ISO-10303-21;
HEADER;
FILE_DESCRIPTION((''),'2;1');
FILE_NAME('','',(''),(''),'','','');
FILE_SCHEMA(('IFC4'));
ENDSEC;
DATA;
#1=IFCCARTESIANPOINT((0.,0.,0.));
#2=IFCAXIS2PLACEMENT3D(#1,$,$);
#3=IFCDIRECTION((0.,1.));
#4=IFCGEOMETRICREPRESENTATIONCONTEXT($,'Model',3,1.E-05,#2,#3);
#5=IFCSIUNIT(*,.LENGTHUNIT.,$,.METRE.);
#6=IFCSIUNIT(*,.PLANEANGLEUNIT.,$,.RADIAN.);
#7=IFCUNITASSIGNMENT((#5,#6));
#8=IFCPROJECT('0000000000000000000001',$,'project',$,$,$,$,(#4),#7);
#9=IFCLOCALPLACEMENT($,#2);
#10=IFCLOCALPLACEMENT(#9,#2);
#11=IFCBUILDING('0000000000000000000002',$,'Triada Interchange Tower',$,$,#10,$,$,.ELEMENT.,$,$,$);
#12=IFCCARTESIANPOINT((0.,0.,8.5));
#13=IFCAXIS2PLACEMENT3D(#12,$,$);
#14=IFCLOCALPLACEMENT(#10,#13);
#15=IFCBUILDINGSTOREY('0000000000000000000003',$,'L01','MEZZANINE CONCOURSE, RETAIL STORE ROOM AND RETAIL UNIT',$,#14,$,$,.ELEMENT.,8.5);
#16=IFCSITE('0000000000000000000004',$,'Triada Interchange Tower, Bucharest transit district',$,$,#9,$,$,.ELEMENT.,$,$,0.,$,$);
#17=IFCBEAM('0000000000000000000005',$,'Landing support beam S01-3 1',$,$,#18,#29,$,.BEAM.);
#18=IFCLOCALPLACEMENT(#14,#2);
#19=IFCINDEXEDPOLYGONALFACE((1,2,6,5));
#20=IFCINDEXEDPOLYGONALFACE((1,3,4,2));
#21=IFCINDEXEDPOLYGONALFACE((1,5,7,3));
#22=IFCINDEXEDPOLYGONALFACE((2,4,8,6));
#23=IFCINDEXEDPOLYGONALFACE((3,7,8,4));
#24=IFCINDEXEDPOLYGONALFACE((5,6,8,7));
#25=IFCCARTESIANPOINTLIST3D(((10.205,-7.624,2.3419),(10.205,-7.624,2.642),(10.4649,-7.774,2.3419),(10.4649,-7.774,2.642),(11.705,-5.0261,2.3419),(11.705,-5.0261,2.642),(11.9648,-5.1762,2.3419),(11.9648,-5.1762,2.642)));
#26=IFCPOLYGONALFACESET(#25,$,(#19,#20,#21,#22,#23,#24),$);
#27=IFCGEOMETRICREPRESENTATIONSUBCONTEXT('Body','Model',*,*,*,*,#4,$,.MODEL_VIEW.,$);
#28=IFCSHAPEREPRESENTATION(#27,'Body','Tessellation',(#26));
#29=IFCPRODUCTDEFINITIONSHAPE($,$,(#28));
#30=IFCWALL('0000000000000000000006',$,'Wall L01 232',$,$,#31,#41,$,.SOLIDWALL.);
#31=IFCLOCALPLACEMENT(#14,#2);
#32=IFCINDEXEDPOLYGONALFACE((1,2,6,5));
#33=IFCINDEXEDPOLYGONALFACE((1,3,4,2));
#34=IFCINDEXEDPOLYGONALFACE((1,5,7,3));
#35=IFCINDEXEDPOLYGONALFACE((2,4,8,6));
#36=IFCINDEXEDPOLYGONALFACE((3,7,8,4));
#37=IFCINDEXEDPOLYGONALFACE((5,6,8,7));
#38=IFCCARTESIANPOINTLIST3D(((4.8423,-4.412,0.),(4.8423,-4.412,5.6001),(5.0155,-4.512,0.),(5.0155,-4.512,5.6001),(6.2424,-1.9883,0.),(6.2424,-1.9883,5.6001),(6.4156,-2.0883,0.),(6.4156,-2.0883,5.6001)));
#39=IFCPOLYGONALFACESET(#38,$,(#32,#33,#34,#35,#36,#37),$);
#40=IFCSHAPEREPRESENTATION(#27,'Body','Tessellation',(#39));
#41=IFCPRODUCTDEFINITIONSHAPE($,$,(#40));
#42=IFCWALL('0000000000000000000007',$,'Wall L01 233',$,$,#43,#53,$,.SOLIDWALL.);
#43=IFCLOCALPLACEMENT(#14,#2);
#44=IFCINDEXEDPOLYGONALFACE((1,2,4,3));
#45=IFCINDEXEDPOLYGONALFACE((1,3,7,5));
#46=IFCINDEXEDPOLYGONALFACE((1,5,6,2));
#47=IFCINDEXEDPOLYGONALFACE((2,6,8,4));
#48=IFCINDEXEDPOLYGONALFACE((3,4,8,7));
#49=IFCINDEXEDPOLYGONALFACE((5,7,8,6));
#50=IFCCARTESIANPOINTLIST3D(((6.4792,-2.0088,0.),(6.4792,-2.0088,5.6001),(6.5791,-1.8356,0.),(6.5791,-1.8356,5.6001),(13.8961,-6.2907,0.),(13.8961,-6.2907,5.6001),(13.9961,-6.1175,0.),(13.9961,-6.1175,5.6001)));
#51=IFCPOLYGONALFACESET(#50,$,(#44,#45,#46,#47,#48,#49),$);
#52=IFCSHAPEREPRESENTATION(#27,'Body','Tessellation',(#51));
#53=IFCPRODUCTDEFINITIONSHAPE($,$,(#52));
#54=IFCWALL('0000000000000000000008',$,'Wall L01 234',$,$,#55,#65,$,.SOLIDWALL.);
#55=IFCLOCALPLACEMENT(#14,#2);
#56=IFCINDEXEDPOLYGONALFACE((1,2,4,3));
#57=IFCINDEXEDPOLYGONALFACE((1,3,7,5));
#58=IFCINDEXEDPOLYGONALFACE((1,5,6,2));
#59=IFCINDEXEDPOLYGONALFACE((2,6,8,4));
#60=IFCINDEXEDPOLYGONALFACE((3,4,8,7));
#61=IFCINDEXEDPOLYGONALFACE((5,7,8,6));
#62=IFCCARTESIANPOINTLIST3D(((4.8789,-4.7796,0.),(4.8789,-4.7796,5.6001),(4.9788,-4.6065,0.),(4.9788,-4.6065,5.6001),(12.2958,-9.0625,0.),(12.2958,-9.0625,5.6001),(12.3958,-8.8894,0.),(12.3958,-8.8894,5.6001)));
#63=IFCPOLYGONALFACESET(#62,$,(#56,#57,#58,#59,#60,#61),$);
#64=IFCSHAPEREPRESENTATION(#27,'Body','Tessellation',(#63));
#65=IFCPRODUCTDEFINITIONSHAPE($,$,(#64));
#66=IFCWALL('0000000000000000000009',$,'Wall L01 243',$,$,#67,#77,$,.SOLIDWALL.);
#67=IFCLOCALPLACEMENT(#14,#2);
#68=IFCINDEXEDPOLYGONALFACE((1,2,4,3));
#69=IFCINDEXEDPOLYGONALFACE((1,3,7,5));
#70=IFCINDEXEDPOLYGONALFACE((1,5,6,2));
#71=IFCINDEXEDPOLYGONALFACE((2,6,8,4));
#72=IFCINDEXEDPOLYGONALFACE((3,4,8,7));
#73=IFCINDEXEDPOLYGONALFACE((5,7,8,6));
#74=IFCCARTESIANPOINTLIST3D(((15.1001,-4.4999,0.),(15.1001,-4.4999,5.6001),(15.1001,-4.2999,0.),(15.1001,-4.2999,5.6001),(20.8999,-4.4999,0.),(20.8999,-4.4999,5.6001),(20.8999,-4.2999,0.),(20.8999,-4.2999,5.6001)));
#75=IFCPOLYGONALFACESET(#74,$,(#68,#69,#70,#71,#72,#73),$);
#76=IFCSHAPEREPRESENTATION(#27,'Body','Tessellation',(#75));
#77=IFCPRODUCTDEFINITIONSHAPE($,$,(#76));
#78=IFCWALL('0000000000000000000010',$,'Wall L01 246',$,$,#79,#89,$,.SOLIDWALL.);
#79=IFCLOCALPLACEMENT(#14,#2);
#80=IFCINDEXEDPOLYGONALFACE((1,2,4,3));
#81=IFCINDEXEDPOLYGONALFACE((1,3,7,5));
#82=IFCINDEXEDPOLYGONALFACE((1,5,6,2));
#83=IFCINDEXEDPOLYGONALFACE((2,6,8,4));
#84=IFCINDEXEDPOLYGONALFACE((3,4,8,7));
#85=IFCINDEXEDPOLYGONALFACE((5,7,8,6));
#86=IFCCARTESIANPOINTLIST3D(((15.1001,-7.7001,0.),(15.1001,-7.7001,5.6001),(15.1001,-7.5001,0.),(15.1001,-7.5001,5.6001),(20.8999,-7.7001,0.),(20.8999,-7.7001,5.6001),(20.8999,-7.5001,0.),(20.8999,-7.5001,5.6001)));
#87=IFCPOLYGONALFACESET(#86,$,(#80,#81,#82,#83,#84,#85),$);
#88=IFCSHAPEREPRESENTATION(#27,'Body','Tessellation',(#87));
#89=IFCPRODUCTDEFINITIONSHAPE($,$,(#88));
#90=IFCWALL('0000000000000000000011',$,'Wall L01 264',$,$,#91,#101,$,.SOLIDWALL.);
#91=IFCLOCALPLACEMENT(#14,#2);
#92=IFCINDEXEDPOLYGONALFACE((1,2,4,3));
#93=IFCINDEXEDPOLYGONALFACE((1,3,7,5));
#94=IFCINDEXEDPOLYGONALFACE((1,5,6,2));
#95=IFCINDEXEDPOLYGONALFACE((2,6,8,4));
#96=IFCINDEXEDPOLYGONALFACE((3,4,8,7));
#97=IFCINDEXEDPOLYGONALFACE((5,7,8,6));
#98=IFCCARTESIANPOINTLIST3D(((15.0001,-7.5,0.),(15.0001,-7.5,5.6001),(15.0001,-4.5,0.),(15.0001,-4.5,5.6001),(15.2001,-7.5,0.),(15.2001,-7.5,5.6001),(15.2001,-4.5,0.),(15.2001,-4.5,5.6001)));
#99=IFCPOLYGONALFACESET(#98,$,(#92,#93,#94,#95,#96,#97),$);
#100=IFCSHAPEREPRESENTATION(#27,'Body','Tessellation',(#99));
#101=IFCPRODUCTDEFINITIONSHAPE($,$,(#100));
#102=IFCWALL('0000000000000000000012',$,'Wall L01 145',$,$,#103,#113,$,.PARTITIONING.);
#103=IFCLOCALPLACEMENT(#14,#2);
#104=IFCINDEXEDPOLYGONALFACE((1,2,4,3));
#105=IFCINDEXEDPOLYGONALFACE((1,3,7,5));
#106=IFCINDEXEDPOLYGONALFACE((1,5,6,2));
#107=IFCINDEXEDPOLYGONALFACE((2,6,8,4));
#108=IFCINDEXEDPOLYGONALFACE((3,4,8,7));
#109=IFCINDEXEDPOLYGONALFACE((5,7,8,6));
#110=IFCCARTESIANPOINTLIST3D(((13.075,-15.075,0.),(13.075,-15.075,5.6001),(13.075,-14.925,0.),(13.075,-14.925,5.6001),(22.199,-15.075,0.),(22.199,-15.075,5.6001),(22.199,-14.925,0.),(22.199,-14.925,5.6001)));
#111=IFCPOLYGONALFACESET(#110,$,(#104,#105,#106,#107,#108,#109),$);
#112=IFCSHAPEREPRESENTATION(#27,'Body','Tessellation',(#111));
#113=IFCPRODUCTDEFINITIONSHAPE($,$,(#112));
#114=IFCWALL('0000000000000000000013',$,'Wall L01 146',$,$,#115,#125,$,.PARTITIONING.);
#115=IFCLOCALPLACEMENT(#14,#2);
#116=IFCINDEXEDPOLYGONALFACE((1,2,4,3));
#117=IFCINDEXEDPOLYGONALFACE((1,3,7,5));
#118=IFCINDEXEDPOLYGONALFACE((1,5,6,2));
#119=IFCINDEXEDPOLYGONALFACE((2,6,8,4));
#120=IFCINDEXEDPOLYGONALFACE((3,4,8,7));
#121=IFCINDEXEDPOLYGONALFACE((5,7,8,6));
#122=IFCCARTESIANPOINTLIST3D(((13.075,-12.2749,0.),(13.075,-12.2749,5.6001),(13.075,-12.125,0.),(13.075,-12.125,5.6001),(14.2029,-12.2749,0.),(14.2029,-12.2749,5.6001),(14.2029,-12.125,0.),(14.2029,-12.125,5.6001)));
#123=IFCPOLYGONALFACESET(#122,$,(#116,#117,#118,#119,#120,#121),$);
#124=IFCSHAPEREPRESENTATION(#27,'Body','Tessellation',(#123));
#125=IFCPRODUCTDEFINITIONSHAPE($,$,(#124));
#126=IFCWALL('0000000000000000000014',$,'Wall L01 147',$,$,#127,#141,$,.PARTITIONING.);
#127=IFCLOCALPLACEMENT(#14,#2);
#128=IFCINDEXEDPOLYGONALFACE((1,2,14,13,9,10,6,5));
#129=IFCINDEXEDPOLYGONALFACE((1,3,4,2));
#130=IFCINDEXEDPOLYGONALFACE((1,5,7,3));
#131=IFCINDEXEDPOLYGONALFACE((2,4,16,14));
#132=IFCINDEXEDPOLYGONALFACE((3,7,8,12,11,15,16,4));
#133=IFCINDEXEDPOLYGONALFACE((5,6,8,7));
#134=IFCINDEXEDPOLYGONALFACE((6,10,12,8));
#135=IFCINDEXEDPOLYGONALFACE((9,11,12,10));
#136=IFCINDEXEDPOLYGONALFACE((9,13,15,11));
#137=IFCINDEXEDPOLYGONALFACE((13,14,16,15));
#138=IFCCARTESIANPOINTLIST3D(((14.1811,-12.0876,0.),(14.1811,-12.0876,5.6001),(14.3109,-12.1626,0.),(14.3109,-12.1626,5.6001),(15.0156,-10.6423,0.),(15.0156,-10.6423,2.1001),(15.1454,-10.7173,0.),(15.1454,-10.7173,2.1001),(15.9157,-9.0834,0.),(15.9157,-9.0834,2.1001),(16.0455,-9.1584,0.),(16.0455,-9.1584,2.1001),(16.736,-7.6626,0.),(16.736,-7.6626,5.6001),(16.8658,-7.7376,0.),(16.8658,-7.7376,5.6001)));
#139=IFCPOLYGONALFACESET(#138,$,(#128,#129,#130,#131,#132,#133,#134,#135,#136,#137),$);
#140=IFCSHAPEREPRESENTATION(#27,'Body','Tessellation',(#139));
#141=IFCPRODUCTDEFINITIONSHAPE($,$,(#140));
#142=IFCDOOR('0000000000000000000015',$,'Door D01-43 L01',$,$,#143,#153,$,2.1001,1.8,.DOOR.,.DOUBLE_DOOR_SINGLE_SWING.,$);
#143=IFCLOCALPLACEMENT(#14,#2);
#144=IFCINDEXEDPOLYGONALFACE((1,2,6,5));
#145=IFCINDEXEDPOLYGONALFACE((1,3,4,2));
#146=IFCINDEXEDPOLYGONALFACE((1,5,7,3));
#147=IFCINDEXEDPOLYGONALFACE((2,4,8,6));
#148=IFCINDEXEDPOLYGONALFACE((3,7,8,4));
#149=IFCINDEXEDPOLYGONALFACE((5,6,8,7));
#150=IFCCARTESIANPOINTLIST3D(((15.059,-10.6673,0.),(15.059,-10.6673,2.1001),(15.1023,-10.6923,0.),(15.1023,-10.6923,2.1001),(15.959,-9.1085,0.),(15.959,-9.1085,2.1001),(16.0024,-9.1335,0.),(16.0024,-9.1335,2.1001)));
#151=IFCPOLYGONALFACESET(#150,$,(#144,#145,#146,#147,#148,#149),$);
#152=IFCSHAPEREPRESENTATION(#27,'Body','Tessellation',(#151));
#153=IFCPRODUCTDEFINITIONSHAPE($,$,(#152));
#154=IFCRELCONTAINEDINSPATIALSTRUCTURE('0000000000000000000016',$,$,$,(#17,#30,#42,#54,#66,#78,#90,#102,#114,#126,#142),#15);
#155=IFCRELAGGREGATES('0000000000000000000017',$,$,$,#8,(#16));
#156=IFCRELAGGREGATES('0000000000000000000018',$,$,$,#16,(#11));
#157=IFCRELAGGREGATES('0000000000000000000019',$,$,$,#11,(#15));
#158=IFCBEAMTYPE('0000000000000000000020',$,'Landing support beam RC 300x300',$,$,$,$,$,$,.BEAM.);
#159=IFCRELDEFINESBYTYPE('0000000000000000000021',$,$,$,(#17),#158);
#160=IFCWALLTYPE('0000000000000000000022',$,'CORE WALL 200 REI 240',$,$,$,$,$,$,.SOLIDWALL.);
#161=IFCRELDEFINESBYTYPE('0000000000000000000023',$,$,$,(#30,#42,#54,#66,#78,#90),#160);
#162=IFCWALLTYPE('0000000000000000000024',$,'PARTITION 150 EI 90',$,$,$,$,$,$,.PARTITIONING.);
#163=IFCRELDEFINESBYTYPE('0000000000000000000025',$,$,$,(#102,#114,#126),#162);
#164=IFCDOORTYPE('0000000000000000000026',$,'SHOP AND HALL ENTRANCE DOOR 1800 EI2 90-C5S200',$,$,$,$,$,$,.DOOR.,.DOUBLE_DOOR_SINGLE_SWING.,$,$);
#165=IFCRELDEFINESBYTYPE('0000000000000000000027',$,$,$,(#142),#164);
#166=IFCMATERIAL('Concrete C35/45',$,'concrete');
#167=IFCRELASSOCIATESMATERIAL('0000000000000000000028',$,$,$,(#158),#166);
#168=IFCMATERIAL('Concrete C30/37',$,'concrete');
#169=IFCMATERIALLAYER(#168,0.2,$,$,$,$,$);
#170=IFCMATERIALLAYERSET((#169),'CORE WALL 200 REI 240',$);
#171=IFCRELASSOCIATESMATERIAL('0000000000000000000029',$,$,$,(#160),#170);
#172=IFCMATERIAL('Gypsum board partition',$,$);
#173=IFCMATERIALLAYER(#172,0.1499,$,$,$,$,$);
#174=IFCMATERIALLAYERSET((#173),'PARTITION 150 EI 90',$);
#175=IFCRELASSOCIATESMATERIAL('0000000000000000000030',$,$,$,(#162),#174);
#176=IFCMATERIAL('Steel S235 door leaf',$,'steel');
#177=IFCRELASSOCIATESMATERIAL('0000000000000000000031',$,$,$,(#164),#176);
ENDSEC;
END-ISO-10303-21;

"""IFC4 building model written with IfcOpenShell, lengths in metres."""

from ifc_helpers import new_model, si_unit, direction, frame, frame_2d, origin, origin_2d, place, context, subcontext, project, spatial, rectangle, extrude, material, layer, layer_set, material_profile, profile_set, type_object, element, fill, save


model = new_model("IFC4")

# Units and contexts
model_context = context("Model", 3, precision=1e-05, world=origin(), true_north=direction((0.0, 1.0)))
body_context = subcontext(model_context, "Body", "Model", "MODEL_VIEW")
ifc_project = project(units=[si_unit("LENGTHUNIT", "METRE"), si_unit("PLANEANGLEUNIT", "RADIAN")], contexts=[model_context])

# Site, building, storey
site_placement = place(None, origin())
site = spatial("IfcSite", under=ifc_project, at=site_placement, Name="Triada Interchange Tower, Bucharest transit district", CompositionType="ELEMENT", RefElevation=0.0)
building_placement = place(site_placement, origin())
building = spatial("IfcBuilding", under=site, at=building_placement, Name="Triada Interchange Tower", CompositionType="ELEMENT")
storey_placement = place(building_placement, frame((0.0, 0.0, 8.5)))
storey = spatial("IfcBuildingStorey", under=building, at=storey_placement, Name="L01", Description="MEZZANINE CONCOURSE, RETAIL STORE ROOM AND RETAIL UNIT", CompositionType="ELEMENT", Elevation=8.5)

# Beam
ifc_material_1 = material(Name="Concrete C35/45", Category="concrete")
ifc_material_profile_1 = material_profile(ifc_material_1, rectangle(XDim=0.3, YDim=0.3, at=origin_2d()), Name="RC 300x300")
ifc_profile_set_1 = profile_set([ifc_material_profile_1], Name="Concrete C35/45")
beam_type_1 = type_object("IfcBeamType", Name="Landing support beam RC 300x300", PredefinedType="BEAM", material=ifc_profile_set_1)
beam_1_placement = place(storey_placement, frame((10.335, -7.699, 2.4919), z_axis=(0.500025, 0.866011, 0.0), x_axis=(-0.866011, 0.500025, 0.0)))
element("IfcBeam", 1, at=beam_1_placement, inside=storey, type_object=beam_type_1, Name="Landing support beam S01-3 1", PredefinedType="BEAM", context=body_context, shape_type="SweptSolid", body=[
    extrude(rectangle(XDim=0.3, YDim=0.3, at=origin_2d()), origin(), (0.0, 0.0, 1.0), 2.9998),
])

# Walls
ifc_material_2 = material(Name="Concrete C30/37", Category="concrete")
ifc_layer_1 = layer(ifc_material_2, 0.2)
ifc_layer_set_1 = layer_set([ifc_layer_1], Name="CORE WALL 200 REI 240")
wall_type_1 = type_object("IfcWallType", Name="CORE WALL 200 REI 240", PredefinedType="SOLIDWALL", material=ifc_layer_set_1)
wall_1_placement = place(storey_placement, frame((4.929, -4.4619, 0.0), z_axis=(0.0, 0.0, 1.0), x_axis=(0.500201, 0.86591, 0.0)))
element("IfcWall", 2, at=wall_1_placement, inside=storey, type_object=wall_type_1, Name="Wall L01 232", PredefinedType="SOLIDWALL", context=body_context, shape_type="SweptSolid", body=[
    extrude(rectangle(XDim=2.7991, YDim=0.2, at=frame_2d((1.3994, 0.0))), origin(), (0.0, 0.0, 1.0), 5.6001),
])
wall_2_placement = place(storey_placement, frame((6.5291, -1.9221, 0.0), z_axis=(0.0, 0.0, 1.0), x_axis=(0.866037, -0.499981, 0.0)))
element("IfcWall", 3, at=wall_2_placement, inside=storey, type_object=wall_type_1, Name="Wall L01 233", PredefinedType="SOLIDWALL", context=body_context, shape_type="SweptSolid", body=[
    extrude(rectangle(XDim=8.5642, YDim=0.2, at=frame_2d((4.2822, 0.0))), origin(), (0.0, 0.0, 1.0), 5.6001),
])
wall_3_placement = place(storey_placement, frame((4.929, -4.6931, 0.0), z_axis=(0.0, 0.0, 1.0), x_axis=(0.865987, -0.500066, 0.0)))
element("IfcWall", 4, at=wall_3_placement, inside=storey, type_object=wall_type_1, Name="Wall L01 234", PredefinedType="SOLIDWALL", context=body_context, shape_type="SweptSolid", body=[
    extrude(rectangle(XDim=8.5647, YDim=0.2, at=frame_2d((4.2822, 0.0))), origin(), (0.0, 0.0, 1.0), 5.6001),
])
for number, where, z_axis, x_axis, name in (
    (5, (15.1001, -4.3999, 0.0), (0.0, 0.0, 1.0), (1.0, 0.0, 0.0), "Wall L01 243"),
    (6, (15.1001, -7.6001, 0.0), (0.0, 0.0, 1.0), (1.0, 0.0, 0.0), "Wall L01 246"),
):
    element("IfcWall", number, at=place(storey_placement, frame(where, z_axis=z_axis, x_axis=x_axis)), inside=storey, type_object=wall_type_1, Name=name, PredefinedType="SOLIDWALL", context=body_context, shape_type="SweptSolid", body=[
        extrude(rectangle(XDim=5.7998, YDim=0.2, at=frame_2d((2.8999, 0.0))), origin(), (0.0, 0.0, 1.0), 5.6001),
    ])
wall_4_placement = place(storey_placement, frame((15.1001, -7.5, 0.0), z_axis=(0.0, 0.0, 1.0), x_axis=(0.0, 1.0, 0.0)))
element("IfcWall", 7, at=wall_4_placement, inside=storey, type_object=wall_type_1, Name="Wall L01 264", PredefinedType="SOLIDWALL", context=body_context, shape_type="SweptSolid", body=[
    extrude(rectangle(XDim=3.0, YDim=0.2, at=frame_2d((1.5, 0.0))), origin(), (0.0, 0.0, 1.0), 5.6001),
])

# Shared definitions
ifc_material_3 = material(Name="Steel S235 door leaf", Category="steel")

# Walls
ifc_material_4 = material(Name="Gypsum board partition")
ifc_layer_2 = layer(ifc_material_4, 0.1499)
ifc_layer_set_2 = layer_set([ifc_layer_2], Name="PARTITION 150 EI 90")
wall_type_2 = type_object("IfcWallType", Name="PARTITION 150 EI 90", PredefinedType="PARTITIONING", material=ifc_layer_set_2)
wall_5_placement = place(storey_placement, frame((13.075, -15.0, 0.0), z_axis=(0.0, 0.0, 1.0), x_axis=(1.0, 0.0, 0.0)))
element("IfcWall", 8, at=wall_5_placement, inside=storey, type_object=wall_type_2, Name="Wall L01 145", PredefinedType="PARTITIONING", context=body_context, shape_type="SweptSolid", body=[
    extrude(rectangle(XDim=9.124, YDim=0.1499, at=frame_2d((4.562, 0.0))), origin(), (0.0, 0.0, 1.0), 5.6001),
])
wall_6_placement = place(storey_placement, frame((13.075, -12.2, 0.0), z_axis=(0.0, 0.0, 1.0), x_axis=(1.0, 0.0, 0.0)))
element("IfcWall", 9, at=wall_6_placement, inside=storey, type_object=wall_type_2, Name="Wall L01 146", PredefinedType="PARTITIONING", context=body_context, shape_type="SweptSolid", body=[
    extrude(rectangle(XDim=1.1279, YDim=0.1499, at=frame_2d((0.564, 0.0))), origin(), (0.0, 0.0, 1.0), 5.6001),
])

# Wall, opening, door
wall_7_placement = place(storey_placement, frame((14.2461, -12.125, 0.0), z_axis=(0.0, 0.0, 1.0), x_axis=(0.500019, 0.866015, 0.0)))
wall_7 = element("IfcWall", 10, at=wall_7_placement, inside=storey, type_object=wall_type_2, Name="Wall L01 147", PredefinedType="PARTITIONING", context=body_context, shape_type="SweptSolid", body=[
    extrude(rectangle(XDim=5.1096, YDim=0.1499, at=frame_2d((2.5547, 0.0))), origin(), (0.0, 0.0, 1.0), 5.6001),
])
opening_1_placement = place(wall_7_placement, frame((1.6689, 0.0, 0.0)))
opening_1 = element("IfcOpeningElement", 11, at=opening_1_placement, cuts=wall_7, PredefinedType="OPENING", context=body_context, shape_type="SweptSolid", body=[
    extrude(rectangle(XDim=1.8, YDim=2.1001, at=frame_2d((0.8999, 1.05))), frame((0.0, 0.085, 0.0), z_axis=(0.0, -1.0, 0.0), x_axis=(1.0, 0.0, 0.0)), (0.0, 0.0, 1.0), 0.1699),
])
door_type_1 = type_object("IfcDoorType", Name="SHOP AND HALL ENTRANCE DOOR 1800 EI2 90-C5S200", OperationType="DOUBLE_DOOR_SINGLE_SWING", PredefinedType="DOOR", material=ifc_material_3)
door_1_placement = place(opening_1_placement, origin())
door_1 = element("IfcDoor", 12, at=door_1_placement, inside=storey, type_object=door_type_1, Name="Door D01-43 L01", OperationType="DOUBLE_DOOR_SINGLE_SWING", OverallHeight=2.1001, OverallWidth=1.8, PredefinedType="DOOR", context=body_context, shape_type="SweptSolid", body=[
    extrude(rectangle(XDim=1.8, YDim=2.1001, at=frame_2d((0.8999, 1.05))), frame((0.0, 0.0249, 0.0), z_axis=(0.0, -1.0, 0.0), x_axis=(1.0, 0.0, 0.0)), (0.0, 0.0, 1.0), 0.05),
])
fill(opening_1, door_1)

save(model, "model.ifc")
